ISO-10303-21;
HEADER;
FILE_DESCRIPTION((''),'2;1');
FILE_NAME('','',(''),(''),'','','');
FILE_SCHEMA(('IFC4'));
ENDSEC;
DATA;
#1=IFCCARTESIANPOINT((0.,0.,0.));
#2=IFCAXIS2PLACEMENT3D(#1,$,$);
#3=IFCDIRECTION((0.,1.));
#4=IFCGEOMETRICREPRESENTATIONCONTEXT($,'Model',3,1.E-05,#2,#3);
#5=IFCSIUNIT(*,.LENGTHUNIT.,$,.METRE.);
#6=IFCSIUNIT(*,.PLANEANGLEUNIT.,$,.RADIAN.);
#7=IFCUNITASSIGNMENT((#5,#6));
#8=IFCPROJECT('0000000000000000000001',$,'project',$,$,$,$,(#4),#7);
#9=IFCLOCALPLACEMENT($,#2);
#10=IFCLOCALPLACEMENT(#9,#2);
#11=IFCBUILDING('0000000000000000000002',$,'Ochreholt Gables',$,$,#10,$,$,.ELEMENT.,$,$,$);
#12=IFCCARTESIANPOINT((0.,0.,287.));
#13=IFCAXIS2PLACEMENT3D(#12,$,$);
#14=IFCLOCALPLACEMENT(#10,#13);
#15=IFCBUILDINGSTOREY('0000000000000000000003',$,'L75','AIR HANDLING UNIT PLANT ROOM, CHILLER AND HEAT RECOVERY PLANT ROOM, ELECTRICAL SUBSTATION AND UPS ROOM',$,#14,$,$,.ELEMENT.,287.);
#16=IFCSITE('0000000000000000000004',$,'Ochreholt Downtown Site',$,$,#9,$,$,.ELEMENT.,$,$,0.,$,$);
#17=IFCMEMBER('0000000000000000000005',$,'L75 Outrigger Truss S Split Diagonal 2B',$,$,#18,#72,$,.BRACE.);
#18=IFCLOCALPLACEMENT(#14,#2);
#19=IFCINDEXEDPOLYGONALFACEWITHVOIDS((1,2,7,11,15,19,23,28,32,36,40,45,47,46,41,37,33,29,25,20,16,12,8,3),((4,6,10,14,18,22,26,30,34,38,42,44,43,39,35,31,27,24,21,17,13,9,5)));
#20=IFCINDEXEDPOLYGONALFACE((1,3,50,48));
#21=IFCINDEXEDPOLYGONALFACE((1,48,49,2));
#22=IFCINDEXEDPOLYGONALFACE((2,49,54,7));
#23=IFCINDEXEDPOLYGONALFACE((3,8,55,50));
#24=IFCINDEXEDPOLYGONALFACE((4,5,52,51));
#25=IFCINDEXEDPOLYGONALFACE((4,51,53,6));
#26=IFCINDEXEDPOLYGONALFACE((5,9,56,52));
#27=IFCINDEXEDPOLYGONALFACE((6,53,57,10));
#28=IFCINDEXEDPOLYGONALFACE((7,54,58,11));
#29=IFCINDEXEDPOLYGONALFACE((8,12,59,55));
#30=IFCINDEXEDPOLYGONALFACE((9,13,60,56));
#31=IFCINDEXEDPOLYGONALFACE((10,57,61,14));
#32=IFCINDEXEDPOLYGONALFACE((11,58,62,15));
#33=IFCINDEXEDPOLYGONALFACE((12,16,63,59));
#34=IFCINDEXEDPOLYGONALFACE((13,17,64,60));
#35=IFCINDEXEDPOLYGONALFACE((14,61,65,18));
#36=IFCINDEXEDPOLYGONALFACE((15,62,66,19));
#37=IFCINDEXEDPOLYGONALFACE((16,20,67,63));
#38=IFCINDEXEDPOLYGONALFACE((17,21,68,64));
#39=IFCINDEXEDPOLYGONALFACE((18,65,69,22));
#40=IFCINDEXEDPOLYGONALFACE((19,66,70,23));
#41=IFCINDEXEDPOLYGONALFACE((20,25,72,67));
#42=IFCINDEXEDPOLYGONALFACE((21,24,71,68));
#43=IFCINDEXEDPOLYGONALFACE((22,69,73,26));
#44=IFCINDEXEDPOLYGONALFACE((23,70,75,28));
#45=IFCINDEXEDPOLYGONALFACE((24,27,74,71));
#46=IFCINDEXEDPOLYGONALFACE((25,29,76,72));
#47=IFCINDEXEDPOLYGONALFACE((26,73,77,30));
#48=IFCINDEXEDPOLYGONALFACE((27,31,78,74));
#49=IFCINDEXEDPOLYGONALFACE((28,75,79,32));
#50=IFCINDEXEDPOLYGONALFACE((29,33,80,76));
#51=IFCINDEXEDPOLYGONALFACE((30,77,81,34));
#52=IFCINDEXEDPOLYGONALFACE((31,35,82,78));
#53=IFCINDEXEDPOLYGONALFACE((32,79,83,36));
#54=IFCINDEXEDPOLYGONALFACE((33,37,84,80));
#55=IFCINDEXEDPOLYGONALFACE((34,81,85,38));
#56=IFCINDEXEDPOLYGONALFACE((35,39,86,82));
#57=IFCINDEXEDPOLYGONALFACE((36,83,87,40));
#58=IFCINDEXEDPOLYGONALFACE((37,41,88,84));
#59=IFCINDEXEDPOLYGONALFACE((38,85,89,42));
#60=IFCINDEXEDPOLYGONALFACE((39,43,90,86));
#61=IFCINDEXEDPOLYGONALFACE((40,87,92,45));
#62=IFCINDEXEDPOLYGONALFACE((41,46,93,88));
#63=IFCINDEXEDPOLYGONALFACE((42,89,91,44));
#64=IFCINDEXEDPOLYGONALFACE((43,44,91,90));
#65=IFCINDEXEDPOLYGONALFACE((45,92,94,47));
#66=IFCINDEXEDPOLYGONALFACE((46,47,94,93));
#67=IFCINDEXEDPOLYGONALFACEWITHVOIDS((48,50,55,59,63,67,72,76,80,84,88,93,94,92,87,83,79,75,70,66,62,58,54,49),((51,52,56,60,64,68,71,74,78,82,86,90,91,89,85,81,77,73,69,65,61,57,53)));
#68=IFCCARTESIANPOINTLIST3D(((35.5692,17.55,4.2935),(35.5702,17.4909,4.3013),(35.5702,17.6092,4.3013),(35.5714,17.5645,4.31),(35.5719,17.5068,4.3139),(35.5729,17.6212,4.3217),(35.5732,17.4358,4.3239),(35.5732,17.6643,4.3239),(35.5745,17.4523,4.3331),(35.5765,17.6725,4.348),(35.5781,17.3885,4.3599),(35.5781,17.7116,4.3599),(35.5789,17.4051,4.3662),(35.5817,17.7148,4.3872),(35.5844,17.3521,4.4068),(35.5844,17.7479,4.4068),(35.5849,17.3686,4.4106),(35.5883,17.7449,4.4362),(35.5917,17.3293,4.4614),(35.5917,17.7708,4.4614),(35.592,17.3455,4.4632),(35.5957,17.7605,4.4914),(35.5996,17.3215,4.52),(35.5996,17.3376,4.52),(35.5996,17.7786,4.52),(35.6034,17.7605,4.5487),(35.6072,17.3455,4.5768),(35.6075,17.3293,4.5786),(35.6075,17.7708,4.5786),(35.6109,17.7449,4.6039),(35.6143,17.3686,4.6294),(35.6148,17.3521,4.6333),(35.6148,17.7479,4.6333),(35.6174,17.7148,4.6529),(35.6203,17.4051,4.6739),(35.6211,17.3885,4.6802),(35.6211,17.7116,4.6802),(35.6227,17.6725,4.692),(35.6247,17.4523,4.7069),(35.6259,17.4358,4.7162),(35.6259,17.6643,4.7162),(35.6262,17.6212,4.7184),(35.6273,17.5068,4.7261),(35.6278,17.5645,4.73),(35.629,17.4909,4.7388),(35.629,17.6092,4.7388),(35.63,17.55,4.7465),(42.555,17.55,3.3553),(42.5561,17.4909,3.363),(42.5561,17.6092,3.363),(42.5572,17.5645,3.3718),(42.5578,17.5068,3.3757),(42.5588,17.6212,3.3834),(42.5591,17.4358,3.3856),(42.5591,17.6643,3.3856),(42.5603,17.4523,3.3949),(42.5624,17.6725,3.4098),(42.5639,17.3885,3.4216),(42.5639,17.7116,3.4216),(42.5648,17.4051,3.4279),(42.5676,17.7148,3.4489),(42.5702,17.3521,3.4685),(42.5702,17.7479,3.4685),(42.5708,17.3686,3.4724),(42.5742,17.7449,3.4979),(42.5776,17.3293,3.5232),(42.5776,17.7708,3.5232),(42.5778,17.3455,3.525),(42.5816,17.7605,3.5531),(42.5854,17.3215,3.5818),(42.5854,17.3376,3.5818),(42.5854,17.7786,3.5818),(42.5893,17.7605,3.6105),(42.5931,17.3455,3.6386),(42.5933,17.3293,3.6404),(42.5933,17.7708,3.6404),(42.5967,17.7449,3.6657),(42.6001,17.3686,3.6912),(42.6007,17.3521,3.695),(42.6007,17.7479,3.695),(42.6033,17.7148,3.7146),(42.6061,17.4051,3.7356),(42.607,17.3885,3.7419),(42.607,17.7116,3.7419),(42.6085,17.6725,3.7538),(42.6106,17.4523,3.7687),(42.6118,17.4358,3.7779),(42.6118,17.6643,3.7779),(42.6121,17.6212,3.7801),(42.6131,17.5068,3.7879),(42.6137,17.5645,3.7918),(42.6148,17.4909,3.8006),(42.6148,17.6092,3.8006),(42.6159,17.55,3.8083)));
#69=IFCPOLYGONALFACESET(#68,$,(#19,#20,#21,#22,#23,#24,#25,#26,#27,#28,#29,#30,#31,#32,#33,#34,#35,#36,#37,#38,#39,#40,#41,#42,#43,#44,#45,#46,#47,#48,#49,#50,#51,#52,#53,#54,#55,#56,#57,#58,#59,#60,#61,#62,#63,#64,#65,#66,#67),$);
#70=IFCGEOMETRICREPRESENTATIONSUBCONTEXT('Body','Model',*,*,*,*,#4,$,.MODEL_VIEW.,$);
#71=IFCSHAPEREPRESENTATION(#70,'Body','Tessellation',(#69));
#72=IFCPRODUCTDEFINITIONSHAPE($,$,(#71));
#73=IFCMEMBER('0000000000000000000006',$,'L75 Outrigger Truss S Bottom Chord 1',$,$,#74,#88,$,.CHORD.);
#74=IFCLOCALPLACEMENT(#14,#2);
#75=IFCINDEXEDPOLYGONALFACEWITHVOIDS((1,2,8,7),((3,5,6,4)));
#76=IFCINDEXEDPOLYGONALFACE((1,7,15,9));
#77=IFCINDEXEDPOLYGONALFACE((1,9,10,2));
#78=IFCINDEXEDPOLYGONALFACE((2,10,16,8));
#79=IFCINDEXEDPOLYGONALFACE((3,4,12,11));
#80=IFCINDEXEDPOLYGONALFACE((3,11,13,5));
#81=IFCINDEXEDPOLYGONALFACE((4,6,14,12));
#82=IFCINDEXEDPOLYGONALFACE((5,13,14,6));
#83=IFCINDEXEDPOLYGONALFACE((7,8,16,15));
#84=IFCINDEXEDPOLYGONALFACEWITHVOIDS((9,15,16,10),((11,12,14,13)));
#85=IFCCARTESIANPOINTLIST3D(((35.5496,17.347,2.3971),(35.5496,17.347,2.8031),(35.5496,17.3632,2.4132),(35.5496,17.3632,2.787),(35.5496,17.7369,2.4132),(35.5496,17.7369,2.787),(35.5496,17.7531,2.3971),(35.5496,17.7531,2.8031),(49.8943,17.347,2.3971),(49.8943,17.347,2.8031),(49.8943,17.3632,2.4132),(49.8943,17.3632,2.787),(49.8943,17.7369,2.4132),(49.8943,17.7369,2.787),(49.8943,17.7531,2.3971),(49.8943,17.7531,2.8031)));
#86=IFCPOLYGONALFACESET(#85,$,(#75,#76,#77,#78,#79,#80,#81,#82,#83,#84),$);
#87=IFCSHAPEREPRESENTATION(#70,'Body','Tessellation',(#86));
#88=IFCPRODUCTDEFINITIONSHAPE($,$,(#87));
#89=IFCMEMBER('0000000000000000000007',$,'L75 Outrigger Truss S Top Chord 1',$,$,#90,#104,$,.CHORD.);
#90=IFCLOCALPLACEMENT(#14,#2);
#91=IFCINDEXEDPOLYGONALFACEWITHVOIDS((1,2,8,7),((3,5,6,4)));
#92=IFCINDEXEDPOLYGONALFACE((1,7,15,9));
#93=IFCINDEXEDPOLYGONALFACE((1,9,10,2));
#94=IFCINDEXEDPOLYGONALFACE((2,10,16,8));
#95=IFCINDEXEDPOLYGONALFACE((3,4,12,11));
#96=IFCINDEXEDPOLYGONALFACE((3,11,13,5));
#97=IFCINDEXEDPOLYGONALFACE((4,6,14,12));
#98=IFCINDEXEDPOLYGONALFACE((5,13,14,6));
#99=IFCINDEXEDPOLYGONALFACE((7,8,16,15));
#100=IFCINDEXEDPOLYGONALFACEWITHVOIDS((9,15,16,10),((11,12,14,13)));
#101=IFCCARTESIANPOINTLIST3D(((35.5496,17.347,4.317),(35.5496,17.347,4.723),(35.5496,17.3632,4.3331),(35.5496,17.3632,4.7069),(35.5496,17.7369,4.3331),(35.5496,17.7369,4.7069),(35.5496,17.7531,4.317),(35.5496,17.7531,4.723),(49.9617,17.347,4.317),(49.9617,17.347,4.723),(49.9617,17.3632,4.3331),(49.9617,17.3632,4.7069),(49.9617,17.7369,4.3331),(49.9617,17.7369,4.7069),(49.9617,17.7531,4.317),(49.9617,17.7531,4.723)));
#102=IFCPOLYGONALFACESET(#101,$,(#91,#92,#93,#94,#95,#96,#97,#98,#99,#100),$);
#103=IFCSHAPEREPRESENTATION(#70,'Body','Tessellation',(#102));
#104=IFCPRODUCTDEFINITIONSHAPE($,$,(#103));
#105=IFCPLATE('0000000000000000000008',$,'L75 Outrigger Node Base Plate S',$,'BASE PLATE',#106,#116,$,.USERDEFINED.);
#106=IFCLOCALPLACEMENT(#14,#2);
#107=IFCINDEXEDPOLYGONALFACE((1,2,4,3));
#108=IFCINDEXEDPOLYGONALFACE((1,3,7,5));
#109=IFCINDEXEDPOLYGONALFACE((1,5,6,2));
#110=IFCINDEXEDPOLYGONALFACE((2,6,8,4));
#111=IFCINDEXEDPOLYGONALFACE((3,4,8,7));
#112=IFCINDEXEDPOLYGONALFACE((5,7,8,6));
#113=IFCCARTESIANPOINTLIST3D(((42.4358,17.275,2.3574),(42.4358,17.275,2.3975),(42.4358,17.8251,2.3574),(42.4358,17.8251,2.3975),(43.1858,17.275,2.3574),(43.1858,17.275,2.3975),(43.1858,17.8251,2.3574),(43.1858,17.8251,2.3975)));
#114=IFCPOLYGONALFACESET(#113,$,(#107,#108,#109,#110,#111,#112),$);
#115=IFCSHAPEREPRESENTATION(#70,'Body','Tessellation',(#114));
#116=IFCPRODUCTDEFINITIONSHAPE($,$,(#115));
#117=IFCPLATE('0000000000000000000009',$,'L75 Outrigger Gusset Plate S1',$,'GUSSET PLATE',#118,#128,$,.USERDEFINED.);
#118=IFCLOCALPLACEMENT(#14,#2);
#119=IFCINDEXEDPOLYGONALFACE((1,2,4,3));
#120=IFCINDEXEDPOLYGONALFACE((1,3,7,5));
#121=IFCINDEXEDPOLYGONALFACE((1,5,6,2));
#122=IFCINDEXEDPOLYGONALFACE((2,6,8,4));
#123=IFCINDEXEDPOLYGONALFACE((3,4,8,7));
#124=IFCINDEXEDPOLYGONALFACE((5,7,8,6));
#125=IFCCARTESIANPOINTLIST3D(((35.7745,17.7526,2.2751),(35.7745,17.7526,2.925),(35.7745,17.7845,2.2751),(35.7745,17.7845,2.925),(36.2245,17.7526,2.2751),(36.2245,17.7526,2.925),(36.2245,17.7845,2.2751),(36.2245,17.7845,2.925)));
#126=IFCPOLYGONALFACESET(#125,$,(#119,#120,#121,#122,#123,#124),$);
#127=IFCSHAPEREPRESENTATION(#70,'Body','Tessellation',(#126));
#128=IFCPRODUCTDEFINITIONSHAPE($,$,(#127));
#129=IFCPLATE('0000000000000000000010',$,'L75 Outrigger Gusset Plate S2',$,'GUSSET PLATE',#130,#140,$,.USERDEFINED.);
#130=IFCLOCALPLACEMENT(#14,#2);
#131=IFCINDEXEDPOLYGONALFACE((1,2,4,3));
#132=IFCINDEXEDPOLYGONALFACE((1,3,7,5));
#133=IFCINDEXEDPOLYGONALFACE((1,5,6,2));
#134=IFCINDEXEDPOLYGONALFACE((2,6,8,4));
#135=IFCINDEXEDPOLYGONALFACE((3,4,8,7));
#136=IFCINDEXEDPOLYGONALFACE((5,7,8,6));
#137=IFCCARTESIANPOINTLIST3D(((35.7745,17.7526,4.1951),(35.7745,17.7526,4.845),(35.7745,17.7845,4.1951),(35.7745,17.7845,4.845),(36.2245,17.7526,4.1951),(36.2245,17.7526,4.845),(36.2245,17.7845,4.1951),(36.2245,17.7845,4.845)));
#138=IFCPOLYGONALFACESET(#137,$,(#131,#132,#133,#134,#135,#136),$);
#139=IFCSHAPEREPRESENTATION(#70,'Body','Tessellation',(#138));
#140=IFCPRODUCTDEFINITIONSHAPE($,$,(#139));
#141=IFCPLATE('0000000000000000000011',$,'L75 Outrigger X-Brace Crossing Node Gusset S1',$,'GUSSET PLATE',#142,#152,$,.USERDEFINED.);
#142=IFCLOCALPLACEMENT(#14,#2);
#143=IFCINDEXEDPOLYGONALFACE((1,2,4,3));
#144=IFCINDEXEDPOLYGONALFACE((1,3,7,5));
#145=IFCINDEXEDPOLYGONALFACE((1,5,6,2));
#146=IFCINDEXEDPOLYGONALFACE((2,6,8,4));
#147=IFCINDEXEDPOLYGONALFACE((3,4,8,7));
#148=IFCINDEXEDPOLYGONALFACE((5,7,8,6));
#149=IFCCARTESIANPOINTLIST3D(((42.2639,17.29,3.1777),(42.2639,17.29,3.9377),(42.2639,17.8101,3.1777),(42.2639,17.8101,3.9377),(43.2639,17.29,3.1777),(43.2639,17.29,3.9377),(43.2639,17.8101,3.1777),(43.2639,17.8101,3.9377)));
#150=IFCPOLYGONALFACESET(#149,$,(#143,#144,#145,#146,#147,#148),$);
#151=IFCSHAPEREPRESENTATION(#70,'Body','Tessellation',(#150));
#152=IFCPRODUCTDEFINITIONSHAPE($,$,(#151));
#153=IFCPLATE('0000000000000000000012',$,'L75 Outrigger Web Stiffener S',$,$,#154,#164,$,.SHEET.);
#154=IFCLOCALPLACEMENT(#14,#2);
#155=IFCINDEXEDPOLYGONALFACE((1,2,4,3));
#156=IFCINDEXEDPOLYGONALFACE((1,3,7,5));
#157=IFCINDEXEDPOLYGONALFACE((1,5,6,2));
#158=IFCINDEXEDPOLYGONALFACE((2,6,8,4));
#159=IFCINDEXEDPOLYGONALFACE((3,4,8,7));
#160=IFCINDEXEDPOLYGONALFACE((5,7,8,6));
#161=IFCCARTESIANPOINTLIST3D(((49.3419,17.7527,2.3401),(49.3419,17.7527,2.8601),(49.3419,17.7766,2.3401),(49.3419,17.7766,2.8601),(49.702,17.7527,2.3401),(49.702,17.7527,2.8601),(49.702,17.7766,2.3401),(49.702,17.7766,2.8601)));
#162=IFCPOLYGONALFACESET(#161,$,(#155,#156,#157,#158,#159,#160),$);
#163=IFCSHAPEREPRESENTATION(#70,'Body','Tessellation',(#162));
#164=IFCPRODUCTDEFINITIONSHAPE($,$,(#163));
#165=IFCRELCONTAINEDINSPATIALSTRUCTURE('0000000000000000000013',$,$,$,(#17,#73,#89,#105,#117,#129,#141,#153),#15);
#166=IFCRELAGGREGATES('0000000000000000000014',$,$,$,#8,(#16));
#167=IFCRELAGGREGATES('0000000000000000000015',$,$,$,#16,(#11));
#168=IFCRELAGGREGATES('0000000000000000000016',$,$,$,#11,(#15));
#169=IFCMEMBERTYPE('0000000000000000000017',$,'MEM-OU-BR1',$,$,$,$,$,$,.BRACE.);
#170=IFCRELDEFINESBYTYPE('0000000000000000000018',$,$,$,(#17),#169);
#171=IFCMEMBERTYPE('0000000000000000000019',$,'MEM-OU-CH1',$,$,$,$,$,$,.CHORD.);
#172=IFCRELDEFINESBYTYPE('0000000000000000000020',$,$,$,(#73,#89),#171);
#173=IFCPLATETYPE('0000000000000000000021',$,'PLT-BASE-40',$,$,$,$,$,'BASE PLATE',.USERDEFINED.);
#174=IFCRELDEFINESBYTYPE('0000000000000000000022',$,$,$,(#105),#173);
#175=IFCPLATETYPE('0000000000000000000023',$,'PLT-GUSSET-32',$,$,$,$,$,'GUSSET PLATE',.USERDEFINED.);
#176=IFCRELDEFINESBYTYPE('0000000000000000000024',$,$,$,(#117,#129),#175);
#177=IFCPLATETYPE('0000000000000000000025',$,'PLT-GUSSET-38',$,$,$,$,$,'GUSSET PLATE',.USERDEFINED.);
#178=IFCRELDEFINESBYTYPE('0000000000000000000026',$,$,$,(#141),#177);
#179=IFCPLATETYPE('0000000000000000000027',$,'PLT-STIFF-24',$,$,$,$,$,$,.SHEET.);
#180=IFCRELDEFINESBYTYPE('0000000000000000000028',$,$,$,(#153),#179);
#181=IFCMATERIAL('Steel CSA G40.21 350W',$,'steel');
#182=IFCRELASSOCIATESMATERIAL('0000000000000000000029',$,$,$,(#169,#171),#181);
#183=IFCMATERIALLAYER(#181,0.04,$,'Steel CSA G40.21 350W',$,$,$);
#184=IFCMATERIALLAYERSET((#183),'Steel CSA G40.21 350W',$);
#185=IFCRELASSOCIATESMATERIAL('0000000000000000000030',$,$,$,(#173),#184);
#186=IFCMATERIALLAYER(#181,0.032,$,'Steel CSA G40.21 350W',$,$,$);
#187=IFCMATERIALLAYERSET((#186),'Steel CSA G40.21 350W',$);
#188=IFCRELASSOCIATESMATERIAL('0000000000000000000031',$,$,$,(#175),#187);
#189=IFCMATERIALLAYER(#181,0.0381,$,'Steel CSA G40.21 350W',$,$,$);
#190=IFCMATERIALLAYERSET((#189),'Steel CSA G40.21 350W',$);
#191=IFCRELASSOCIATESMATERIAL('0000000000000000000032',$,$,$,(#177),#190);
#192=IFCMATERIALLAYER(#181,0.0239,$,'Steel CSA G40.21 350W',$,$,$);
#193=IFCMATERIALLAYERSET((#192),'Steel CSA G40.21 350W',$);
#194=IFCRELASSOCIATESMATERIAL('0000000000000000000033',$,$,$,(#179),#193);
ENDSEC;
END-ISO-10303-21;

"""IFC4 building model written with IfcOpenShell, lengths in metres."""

from ifc_helpers import new_model, si_unit, direction, frame, origin, origin_2d, place, context, subcontext, project, spatial, rectangle, hollow_rectangle, hollow_circle, extrude, material, layer, layer_set, material_profile, profile_set, type_object, element, save


model = new_model("IFC4")

# Units and contexts
model_context = context("Model", 3, precision=1e-05, world=origin(), true_north=direction((0.0, 1.0)))
body_context = subcontext(model_context, "Body", "Model", "MODEL_VIEW")
ifc_project = project(units=[si_unit("LENGTHUNIT", "METRE"), si_unit("PLANEANGLEUNIT", "RADIAN")], contexts=[model_context])

# Site, building, storey
site_placement = place(None, origin())
site = spatial("IfcSite", under=ifc_project, at=site_placement, Name="Ochreholt Downtown Site", CompositionType="ELEMENT", RefElevation=0.0)
building_placement = place(site_placement, origin())
building = spatial("IfcBuilding", under=site, at=building_placement, Name="Ochreholt Gables", CompositionType="ELEMENT")
storey_placement = place(building_placement, frame((0.0, 0.0, 287.0)))
storey = spatial("IfcBuildingStorey", under=building, at=storey_placement, Name="L75", Description="AIR HANDLING UNIT PLANT ROOM, CHILLER AND HEAT RECOVERY PLANT ROOM, ELECTRICAL SUBSTATION AND UPS ROOM", CompositionType="ELEMENT", Elevation=287.0)

# Shared definitions
ifc_material_1 = material(Name="Steel CSA G40.21 350W", Category="steel")

# Members
ifc_material_profile_1 = material_profile(ifc_material_1, hollow_circle(Radius=0.2285, WallThickness=0.0161, at=origin_2d()), Name="CHS457X16")
ifc_profile_set_1 = profile_set([ifc_material_profile_1], Name="Steel CSA G40.21 350W")
member_type_1 = type_object("IfcMemberType", Name="MEM-OU-BR1", PredefinedType="BRACE", material=ifc_profile_set_1)
member_1_placement = place(storey_placement, frame((42.5854, 17.55, 3.5818), z_axis=(-0.991101, 0.0, 0.13311), x_axis=(0.0, -1.0, 0.0)))
element("IfcMember", 1, at=member_1_placement, inside=storey, type_object=member_type_1, Name="L75 Outrigger Truss S Split Diagonal 2B", PredefinedType="BRACE", context=body_context, shape_type="SweptSolid", body=[
    extrude(hollow_circle(Radius=0.2285, WallThickness=0.0161, at=origin_2d()), origin(), (0.0, 0.0, 1.0), 7.0486),
])
ifc_material_profile_2 = material_profile(ifc_material_1, hollow_rectangle(XDim=0.406, YDim=0.406, WallThickness=0.0161, at=origin_2d()), Name="HSS406X406X16")
ifc_profile_set_2 = profile_set([ifc_material_profile_2], Name="Steel CSA G40.21 350W")
member_type_2 = type_object("IfcMemberType", Name="MEM-OU-CH1", PredefinedType="CHORD", material=ifc_profile_set_2)
member_2_placement = place(storey_placement, frame((35.5496, 17.55, 2.6001), z_axis=(1.0, 0.0, 0.0), x_axis=(0.0, 1.0, 0.0)))
element("IfcMember", 2, at=member_2_placement, inside=storey, type_object=member_type_2, Name="L75 Outrigger Truss S Bottom Chord 1", PredefinedType="CHORD", context=body_context, shape_type="SweptSolid", body=[
    extrude(hollow_rectangle(XDim=0.406, YDim=0.406, WallThickness=0.0161, at=origin_2d()), origin(), (0.0, 0.0, 1.0), 14.3447),
])
member_3_placement = place(storey_placement, frame((35.5496, 17.55, 4.52), z_axis=(1.0, 0.0, 0.0), x_axis=(0.0, 1.0, 0.0)))
element("IfcMember", 3, at=member_3_placement, inside=storey, type_object=member_type_2, Name="L75 Outrigger Truss S Top Chord 1", PredefinedType="CHORD", context=body_context, shape_type="SweptSolid", body=[
    extrude(hollow_rectangle(XDim=0.406, YDim=0.406, WallThickness=0.0161, at=origin_2d()), origin(), (0.0, 0.0, 1.0), 14.4121),
])

# Plates
ifc_layer_1 = layer(ifc_material_1, 0.04, Name="Steel CSA G40.21 350W")
ifc_layer_set_1 = layer_set([ifc_layer_1], Name="Steel CSA G40.21 350W")
plate_type_1 = type_object("IfcPlateType", Name="PLT-BASE-40", ElementType="BASE PLATE", PredefinedType="USERDEFINED", material=ifc_layer_set_1)
plate_1_placement = place(storey_placement, frame((42.8108, 17.55, 2.3574), z_axis=(0.0, 0.0, 1.0), x_axis=(1.0, 0.0, 0.0)))
element("IfcPlate", 4, at=plate_1_placement, inside=storey, type_object=plate_type_1, Name="L75 Outrigger Node Base Plate S", ObjectType="BASE PLATE", PredefinedType="USERDEFINED", context=body_context, shape_type="SweptSolid", body=[
    extrude(rectangle(XDim=0.75, YDim=0.55, at=origin_2d()), origin(), (0.0, 0.0, 1.0), 0.04),
])
ifc_layer_2 = layer(ifc_material_1, 0.032, Name="Steel CSA G40.21 350W")
ifc_layer_set_2 = layer_set([ifc_layer_2], Name="Steel CSA G40.21 350W")
plate_type_2 = type_object("IfcPlateType", Name="PLT-GUSSET-32", ElementType="GUSSET PLATE", PredefinedType="USERDEFINED", material=ifc_layer_set_2)
for number, where, z_axis, x_axis, name in (
    (5, (35.9995, 17.7686, 2.2751), (0.0, 0.0, 1.0), (1.0, 0.0, 0.0), "L75 Outrigger Gusset Plate S1"),
    (6, (35.9995, 17.7686, 4.1951), (0.0, 0.0, 1.0), (1.0, 0.0, 0.0), "L75 Outrigger Gusset Plate S2"),
):
    element("IfcPlate", number, at=place(storey_placement, frame(where, z_axis=z_axis, x_axis=x_axis)), inside=storey, type_object=plate_type_2, Name=name, ObjectType="GUSSET PLATE", PredefinedType="USERDEFINED", context=body_context, shape_type="SweptSolid", body=[
        extrude(rectangle(XDim=0.45, YDim=0.032, at=origin_2d()), origin(), (0.0, 0.0, 1.0), 0.6499),
    ])
ifc_layer_3 = layer(ifc_material_1, 0.0381, Name="Steel CSA G40.21 350W")
ifc_layer_set_3 = layer_set([ifc_layer_3], Name="Steel CSA G40.21 350W")
plate_type_3 = type_object("IfcPlateType", Name="PLT-GUSSET-38", ElementType="GUSSET PLATE", PredefinedType="USERDEFINED", material=ifc_layer_set_3)
plate_2_placement = place(storey_placement, frame((42.7639, 17.55, 3.1777), z_axis=(0.0, 0.0, 1.0), x_axis=(1.0, 0.0, 0.0)))
element("IfcPlate", 7, at=plate_2_placement, inside=storey, type_object=plate_type_3, Name="L75 Outrigger X-Brace Crossing Node Gusset S1", ObjectType="GUSSET PLATE", PredefinedType="USERDEFINED", context=body_context, shape_type="SweptSolid", body=[
    extrude(rectangle(XDim=1.0, YDim=0.52, at=origin_2d()), origin(), (0.0, 0.0, 1.0), 0.76),
])
ifc_layer_4 = layer(ifc_material_1, 0.0239, Name="Steel CSA G40.21 350W")
ifc_layer_set_4 = layer_set([ifc_layer_4], Name="Steel CSA G40.21 350W")
plate_type_4 = type_object("IfcPlateType", Name="PLT-STIFF-24", PredefinedType="SHEET", material=ifc_layer_set_4)
plate_3_placement = place(storey_placement, frame((49.522, 17.7646, 2.3401), z_axis=(0.0, 0.0, 1.0), x_axis=(1.0, 0.0, 0.0)))
element("IfcPlate", 8, at=plate_3_placement, inside=storey, type_object=plate_type_4, Name="L75 Outrigger Web Stiffener S", PredefinedType="SHEET", context=body_context, shape_type="SweptSolid", body=[
    extrude(rectangle(XDim=0.3601, YDim=0.0239, at=origin_2d()), origin(), (0.0, 0.0, 1.0), 0.52),
])

save(model, "model.ifc")
